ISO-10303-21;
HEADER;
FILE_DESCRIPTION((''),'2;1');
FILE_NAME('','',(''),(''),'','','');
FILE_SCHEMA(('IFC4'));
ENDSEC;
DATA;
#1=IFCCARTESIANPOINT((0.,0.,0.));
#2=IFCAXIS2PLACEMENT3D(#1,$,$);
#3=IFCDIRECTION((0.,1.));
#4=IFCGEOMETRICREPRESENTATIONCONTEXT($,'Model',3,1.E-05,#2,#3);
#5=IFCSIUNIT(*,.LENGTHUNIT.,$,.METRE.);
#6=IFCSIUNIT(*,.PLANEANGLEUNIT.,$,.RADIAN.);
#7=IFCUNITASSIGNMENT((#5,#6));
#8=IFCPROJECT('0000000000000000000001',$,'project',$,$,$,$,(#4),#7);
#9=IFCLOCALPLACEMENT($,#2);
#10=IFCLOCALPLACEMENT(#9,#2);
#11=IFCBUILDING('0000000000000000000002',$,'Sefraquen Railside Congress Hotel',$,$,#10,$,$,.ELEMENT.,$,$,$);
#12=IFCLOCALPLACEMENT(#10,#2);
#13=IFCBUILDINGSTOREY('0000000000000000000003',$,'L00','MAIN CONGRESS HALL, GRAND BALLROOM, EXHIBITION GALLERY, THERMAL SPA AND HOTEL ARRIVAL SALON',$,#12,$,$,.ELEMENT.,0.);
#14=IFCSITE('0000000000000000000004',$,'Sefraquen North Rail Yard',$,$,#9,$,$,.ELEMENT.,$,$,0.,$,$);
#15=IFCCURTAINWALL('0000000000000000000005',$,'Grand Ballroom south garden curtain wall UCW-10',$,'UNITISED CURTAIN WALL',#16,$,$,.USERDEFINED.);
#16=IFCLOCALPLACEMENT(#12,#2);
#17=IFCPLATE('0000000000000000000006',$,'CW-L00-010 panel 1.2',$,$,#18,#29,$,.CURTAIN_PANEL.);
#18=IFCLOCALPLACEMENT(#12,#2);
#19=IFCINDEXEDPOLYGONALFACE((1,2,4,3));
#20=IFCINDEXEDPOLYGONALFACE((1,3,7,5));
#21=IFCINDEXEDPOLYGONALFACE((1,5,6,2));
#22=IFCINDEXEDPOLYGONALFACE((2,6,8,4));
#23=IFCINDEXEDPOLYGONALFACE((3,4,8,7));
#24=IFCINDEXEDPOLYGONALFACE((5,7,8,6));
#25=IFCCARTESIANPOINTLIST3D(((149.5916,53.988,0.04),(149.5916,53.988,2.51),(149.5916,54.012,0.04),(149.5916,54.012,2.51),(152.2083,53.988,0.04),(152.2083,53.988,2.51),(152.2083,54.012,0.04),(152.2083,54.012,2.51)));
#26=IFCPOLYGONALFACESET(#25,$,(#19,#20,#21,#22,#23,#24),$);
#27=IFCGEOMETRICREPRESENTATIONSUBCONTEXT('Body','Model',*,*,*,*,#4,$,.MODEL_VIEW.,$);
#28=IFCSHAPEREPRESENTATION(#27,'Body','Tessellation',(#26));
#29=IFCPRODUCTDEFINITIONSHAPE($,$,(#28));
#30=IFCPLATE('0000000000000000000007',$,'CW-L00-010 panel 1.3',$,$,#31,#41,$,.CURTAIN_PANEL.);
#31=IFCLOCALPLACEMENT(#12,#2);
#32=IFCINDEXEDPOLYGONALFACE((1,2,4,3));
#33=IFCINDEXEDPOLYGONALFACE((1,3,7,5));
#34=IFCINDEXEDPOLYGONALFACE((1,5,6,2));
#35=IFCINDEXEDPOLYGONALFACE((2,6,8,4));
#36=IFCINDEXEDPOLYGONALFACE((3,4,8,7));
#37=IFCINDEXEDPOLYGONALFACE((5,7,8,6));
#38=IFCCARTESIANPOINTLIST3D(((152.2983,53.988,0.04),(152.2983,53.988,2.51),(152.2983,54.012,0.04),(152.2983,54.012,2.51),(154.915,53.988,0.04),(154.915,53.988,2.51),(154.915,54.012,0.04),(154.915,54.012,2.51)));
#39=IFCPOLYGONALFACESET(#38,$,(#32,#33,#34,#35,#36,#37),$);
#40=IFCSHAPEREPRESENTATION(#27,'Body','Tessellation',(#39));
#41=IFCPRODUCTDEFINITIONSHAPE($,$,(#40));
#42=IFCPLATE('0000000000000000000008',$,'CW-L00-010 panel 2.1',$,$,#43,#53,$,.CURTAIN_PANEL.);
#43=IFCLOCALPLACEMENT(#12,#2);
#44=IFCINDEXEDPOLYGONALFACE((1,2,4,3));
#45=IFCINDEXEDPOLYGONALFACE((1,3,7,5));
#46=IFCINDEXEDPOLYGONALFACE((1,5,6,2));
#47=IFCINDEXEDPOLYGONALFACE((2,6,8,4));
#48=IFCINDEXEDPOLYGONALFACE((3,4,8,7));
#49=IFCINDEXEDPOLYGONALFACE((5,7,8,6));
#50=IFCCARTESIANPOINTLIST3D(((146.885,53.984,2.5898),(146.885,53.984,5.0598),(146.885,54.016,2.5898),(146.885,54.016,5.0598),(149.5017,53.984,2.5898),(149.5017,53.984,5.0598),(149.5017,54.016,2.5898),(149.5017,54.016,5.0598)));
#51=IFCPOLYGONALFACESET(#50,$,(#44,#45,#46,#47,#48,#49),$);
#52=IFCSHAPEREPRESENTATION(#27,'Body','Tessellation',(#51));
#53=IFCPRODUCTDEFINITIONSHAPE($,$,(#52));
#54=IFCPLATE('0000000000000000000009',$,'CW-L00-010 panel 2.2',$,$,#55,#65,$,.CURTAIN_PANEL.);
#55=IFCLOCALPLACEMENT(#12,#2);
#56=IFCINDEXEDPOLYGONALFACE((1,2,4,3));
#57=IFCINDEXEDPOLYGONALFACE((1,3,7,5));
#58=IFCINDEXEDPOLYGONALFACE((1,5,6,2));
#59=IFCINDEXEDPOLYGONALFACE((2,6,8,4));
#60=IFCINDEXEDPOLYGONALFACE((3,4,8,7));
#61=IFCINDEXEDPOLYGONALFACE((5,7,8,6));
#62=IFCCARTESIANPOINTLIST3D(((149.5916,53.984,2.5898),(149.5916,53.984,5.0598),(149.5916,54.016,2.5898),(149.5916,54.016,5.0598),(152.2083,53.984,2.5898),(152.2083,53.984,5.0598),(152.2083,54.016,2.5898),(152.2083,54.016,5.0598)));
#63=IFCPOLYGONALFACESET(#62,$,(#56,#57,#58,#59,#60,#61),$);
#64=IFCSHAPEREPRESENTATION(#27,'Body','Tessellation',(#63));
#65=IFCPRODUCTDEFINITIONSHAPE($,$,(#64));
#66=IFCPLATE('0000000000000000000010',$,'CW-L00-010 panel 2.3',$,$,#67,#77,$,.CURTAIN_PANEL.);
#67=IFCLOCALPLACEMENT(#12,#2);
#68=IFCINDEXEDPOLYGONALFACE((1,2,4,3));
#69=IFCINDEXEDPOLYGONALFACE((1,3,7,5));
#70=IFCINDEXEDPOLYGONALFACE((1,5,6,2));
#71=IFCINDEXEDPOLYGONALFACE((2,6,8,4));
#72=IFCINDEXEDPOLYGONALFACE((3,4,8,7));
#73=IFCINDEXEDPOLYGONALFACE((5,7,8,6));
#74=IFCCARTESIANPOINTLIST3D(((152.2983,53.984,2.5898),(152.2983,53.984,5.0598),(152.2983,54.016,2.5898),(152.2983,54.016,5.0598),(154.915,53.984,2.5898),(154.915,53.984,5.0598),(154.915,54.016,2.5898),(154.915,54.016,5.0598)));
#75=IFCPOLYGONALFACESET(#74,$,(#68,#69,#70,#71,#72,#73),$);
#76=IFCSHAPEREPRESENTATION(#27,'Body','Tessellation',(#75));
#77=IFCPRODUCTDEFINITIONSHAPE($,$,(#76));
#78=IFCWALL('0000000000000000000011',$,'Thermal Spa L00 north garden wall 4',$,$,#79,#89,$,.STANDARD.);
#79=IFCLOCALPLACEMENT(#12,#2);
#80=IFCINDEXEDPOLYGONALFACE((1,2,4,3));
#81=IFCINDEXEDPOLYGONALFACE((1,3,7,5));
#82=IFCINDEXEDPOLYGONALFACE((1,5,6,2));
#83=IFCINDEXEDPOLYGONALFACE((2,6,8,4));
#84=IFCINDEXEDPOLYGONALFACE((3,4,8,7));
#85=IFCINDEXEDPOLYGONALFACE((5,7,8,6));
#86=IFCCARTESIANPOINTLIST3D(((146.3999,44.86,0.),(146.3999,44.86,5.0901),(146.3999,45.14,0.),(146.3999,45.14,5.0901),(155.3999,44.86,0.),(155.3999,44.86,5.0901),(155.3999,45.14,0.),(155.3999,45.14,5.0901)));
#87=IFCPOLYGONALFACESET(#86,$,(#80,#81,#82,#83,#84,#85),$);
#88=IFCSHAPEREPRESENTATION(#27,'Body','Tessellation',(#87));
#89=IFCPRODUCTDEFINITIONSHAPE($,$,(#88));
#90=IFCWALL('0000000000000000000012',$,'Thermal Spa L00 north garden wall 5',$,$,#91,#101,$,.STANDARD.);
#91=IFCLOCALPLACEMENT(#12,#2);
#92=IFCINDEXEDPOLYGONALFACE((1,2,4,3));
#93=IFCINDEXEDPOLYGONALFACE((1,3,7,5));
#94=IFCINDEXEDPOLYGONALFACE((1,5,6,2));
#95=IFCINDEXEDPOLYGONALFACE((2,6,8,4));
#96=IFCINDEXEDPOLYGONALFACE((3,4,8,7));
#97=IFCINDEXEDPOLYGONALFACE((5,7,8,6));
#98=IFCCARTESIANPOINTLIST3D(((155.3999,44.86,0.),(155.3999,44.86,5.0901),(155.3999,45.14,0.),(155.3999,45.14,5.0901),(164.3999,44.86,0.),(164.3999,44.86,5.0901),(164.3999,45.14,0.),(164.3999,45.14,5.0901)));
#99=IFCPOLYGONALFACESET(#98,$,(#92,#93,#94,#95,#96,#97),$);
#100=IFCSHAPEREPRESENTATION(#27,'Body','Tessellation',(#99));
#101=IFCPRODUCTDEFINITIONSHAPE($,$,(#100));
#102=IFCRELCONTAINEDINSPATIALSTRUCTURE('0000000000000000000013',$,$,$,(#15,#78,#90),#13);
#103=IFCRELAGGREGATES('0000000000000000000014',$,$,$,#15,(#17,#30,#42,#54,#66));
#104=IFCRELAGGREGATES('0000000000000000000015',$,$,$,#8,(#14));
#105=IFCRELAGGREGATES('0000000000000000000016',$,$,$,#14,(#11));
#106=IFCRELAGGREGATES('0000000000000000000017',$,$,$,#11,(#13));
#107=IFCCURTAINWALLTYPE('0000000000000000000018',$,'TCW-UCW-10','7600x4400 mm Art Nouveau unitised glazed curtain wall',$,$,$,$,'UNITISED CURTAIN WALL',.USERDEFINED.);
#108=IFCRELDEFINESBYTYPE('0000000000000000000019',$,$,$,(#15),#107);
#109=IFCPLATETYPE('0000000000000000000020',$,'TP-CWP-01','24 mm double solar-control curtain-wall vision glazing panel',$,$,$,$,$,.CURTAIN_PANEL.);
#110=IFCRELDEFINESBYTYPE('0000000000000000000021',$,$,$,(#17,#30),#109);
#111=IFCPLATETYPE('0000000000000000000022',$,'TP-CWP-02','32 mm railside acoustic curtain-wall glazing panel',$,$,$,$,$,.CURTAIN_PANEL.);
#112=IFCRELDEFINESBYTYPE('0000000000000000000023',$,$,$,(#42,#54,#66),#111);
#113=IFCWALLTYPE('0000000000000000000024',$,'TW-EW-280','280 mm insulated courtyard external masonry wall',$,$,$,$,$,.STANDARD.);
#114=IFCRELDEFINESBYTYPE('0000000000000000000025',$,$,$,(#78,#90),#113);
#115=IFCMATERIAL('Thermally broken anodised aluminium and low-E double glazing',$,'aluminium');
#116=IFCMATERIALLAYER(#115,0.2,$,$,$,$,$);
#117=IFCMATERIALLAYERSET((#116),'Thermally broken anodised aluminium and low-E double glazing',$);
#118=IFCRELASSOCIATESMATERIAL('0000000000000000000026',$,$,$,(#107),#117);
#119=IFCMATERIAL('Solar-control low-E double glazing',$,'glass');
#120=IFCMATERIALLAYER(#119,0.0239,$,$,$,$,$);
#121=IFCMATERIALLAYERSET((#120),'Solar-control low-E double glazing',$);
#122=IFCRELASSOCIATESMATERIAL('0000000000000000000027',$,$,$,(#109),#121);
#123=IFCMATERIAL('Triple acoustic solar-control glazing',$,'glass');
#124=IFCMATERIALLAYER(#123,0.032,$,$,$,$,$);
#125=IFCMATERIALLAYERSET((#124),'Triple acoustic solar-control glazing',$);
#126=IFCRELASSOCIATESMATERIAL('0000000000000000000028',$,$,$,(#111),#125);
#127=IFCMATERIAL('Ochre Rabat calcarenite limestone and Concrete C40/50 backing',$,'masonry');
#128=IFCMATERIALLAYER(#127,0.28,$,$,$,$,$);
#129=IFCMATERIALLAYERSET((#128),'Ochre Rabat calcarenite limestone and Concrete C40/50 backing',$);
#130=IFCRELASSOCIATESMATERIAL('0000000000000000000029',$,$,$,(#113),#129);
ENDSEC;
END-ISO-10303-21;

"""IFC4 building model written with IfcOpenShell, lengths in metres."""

from ifc_helpers import new_model, si_unit, direction, frame, frame_2d, origin, origin_2d, place, context, subcontext, project, spatial, rectangle, extrude, material, layer, layer_set, type_object, element, aggregate, save


model = new_model("IFC4")

# Units and contexts
model_context = context("Model", 3, precision=1e-05, world=origin(), true_north=direction((0.0, 1.0)))
body_context = subcontext(model_context, "Body", "Model", "MODEL_VIEW")
ifc_project = project(units=[si_unit("LENGTHUNIT", "METRE"), si_unit("PLANEANGLEUNIT", "RADIAN")], contexts=[model_context])

# Site, building, storey
site_placement = place(None, origin())
site = spatial("IfcSite", under=ifc_project, at=site_placement, Name="Sefraquen North Rail Yard", CompositionType="ELEMENT", RefElevation=0.0)
building_placement = place(site_placement, origin())
building = spatial("IfcBuilding", under=site, at=building_placement, Name="Sefraquen Railside Congress Hotel", CompositionType="ELEMENT")
storey_placement = place(building_placement, origin())
storey = spatial("IfcBuildingStorey", under=building, at=storey_placement, Name="L00", Description="MAIN CONGRESS HALL, GRAND BALLROOM, EXHIBITION GALLERY, THERMAL SPA AND HOTEL ARRIVAL SALON", CompositionType="ELEMENT", Elevation=0.0)

# Curtain wall
ifc_material_1 = material(Name="Thermally broken anodised aluminium and low-E double glazing", Category="aluminium")
ifc_layer_1 = layer(ifc_material_1, 0.2)
ifc_layer_set_1 = layer_set([ifc_layer_1], Name="Thermally broken anodised aluminium and low-E double glazing")
curtain_wall_type_1 = type_object("IfcCurtainWallType", Name="TCW-UCW-10", Description="7600x4400 mm Art Nouveau unitised glazed curtain wall", ElementType="UNITISED CURTAIN WALL", PredefinedType="USERDEFINED", material=ifc_layer_set_1)
curtain_wall_1_placement = place(storey_placement, origin())
curtain_wall_1 = element("IfcCurtainWall", 1, at=curtain_wall_1_placement, inside=storey, type_object=curtain_wall_type_1, Name="Grand Ballroom south garden curtain wall UCW-10", ObjectType="UNITISED CURTAIN WALL", PredefinedType="USERDEFINED")

# Plates
ifc_material_2 = material(Name="Solar-control low-E double glazing", Category="glass")
ifc_layer_2 = layer(ifc_material_2, 0.0239)
ifc_layer_set_2 = layer_set([ifc_layer_2], Name="Solar-control low-E double glazing")
plate_type_1 = type_object("IfcPlateType", Name="TP-CWP-01", Description="24 mm double solar-control curtain-wall vision glazing panel", PredefinedType="CURTAIN_PANEL", material=ifc_layer_set_2)
plate_1_placement = place(storey_placement, frame((150.8999, 54.0, 0.04), z_axis=(0.0, 0.0, 1.0), x_axis=(1.0, 0.0, 0.0)))
plate_1 = element("IfcPlate", 2, at=plate_1_placement, type_object=plate_type_1, Name="CW-L00-010 panel 1.2", PredefinedType="CURTAIN_PANEL", context=body_context, shape_type="SweptSolid", body=[
    extrude(rectangle(XDim=2.6167, YDim=0.0239, at=origin_2d()), origin(), (0.0, 0.0, 1.0), 2.47),
])
plate_2_placement = place(storey_placement, frame((153.6067, 54.0, 0.04), z_axis=(0.0, 0.0, 1.0), x_axis=(1.0, 0.0, 0.0)))
plate_2 = element("IfcPlate", 3, at=plate_2_placement, type_object=plate_type_1, Name="CW-L00-010 panel 1.3", PredefinedType="CURTAIN_PANEL", context=body_context, shape_type="SweptSolid", body=[
    extrude(rectangle(XDim=2.6167, YDim=0.0239, at=origin_2d()), origin(), (0.0, 0.0, 1.0), 2.47),
])
ifc_material_3 = material(Name="Triple acoustic solar-control glazing", Category="glass")
ifc_layer_3 = layer(ifc_material_3, 0.032)
ifc_layer_set_3 = layer_set([ifc_layer_3], Name="Triple acoustic solar-control glazing")
plate_type_2 = type_object("IfcPlateType", Name="TP-CWP-02", Description="32 mm railside acoustic curtain-wall glazing panel", PredefinedType="CURTAIN_PANEL", material=ifc_layer_set_3)
plate_3_placement = place(storey_placement, frame((148.1934, 54.0, 2.5898), z_axis=(0.0, 0.0, 1.0), x_axis=(1.0, 0.0, 0.0)))
plate_3 = element("IfcPlate", 4, at=plate_3_placement, type_object=plate_type_2, Name="CW-L00-010 panel 2.1", PredefinedType="CURTAIN_PANEL", context=body_context, shape_type="SweptSolid", body=[
    extrude(rectangle(XDim=2.6167, YDim=0.032, at=origin_2d()), origin(), (0.0, 0.0, 1.0), 2.47),
])
plate_4_placement = place(storey_placement, frame((150.8999, 54.0, 2.5898), z_axis=(0.0, 0.0, 1.0), x_axis=(1.0, 0.0, 0.0)))
plate_4 = element("IfcPlate", 5, at=plate_4_placement, type_object=plate_type_2, Name="CW-L00-010 panel 2.2", PredefinedType="CURTAIN_PANEL", context=body_context, shape_type="SweptSolid", body=[
    extrude(rectangle(XDim=2.6167, YDim=0.032, at=origin_2d()), origin(), (0.0, 0.0, 1.0), 2.47),
])
plate_5_placement = place(storey_placement, frame((153.6067, 54.0, 2.5898), z_axis=(0.0, 0.0, 1.0), x_axis=(1.0, 0.0, 0.0)))
plate_5 = element("IfcPlate", 6, at=plate_5_placement, type_object=plate_type_2, Name="CW-L00-010 panel 2.3", PredefinedType="CURTAIN_PANEL", context=body_context, shape_type="SweptSolid", body=[
    extrude(rectangle(XDim=2.6167, YDim=0.032, at=origin_2d()), origin(), (0.0, 0.0, 1.0), 2.47),
])
aggregate(curtain_wall_1, [plate_1, plate_2, plate_3, plate_4, plate_5])

# Walls
ifc_material_4 = material(Name="Ochre Rabat calcarenite limestone and Concrete C40/50 backing", Category="masonry")
ifc_layer_4 = layer(ifc_material_4, 0.28)
ifc_layer_set_4 = layer_set([ifc_layer_4], Name="Ochre Rabat calcarenite limestone and Concrete C40/50 backing")
wall_type = type_object("IfcWallType", Name="TW-EW-280", Description="280 mm insulated courtyard external masonry wall", PredefinedType="STANDARD", material=ifc_layer_set_4)
for number, where, z_axis, x_axis, name in (
    (7, (146.3999, 45.0, 0.0), (0.0, 0.0, 1.0), (1.0, 0.0, 0.0), "Thermal Spa L00 north garden wall 4"),
    (8, (155.3999, 45.0, 0.0), (0.0, 0.0, 1.0), (1.0, 0.0, 0.0), "Thermal Spa L00 north garden wall 5"),
):
    element("IfcWall", number, at=place(storey_placement, frame(where, z_axis=z_axis, x_axis=x_axis)), inside=storey, type_object=wall_type, Name=name, PredefinedType="STANDARD", context=body_context, shape_type="SweptSolid", body=[
        extrude(rectangle(XDim=9.0, YDim=0.28, at=frame_2d((4.5, 0.0))), origin(), (0.0, 0.0, 1.0), 5.0901),
    ])

save(model, "model.ifc")
